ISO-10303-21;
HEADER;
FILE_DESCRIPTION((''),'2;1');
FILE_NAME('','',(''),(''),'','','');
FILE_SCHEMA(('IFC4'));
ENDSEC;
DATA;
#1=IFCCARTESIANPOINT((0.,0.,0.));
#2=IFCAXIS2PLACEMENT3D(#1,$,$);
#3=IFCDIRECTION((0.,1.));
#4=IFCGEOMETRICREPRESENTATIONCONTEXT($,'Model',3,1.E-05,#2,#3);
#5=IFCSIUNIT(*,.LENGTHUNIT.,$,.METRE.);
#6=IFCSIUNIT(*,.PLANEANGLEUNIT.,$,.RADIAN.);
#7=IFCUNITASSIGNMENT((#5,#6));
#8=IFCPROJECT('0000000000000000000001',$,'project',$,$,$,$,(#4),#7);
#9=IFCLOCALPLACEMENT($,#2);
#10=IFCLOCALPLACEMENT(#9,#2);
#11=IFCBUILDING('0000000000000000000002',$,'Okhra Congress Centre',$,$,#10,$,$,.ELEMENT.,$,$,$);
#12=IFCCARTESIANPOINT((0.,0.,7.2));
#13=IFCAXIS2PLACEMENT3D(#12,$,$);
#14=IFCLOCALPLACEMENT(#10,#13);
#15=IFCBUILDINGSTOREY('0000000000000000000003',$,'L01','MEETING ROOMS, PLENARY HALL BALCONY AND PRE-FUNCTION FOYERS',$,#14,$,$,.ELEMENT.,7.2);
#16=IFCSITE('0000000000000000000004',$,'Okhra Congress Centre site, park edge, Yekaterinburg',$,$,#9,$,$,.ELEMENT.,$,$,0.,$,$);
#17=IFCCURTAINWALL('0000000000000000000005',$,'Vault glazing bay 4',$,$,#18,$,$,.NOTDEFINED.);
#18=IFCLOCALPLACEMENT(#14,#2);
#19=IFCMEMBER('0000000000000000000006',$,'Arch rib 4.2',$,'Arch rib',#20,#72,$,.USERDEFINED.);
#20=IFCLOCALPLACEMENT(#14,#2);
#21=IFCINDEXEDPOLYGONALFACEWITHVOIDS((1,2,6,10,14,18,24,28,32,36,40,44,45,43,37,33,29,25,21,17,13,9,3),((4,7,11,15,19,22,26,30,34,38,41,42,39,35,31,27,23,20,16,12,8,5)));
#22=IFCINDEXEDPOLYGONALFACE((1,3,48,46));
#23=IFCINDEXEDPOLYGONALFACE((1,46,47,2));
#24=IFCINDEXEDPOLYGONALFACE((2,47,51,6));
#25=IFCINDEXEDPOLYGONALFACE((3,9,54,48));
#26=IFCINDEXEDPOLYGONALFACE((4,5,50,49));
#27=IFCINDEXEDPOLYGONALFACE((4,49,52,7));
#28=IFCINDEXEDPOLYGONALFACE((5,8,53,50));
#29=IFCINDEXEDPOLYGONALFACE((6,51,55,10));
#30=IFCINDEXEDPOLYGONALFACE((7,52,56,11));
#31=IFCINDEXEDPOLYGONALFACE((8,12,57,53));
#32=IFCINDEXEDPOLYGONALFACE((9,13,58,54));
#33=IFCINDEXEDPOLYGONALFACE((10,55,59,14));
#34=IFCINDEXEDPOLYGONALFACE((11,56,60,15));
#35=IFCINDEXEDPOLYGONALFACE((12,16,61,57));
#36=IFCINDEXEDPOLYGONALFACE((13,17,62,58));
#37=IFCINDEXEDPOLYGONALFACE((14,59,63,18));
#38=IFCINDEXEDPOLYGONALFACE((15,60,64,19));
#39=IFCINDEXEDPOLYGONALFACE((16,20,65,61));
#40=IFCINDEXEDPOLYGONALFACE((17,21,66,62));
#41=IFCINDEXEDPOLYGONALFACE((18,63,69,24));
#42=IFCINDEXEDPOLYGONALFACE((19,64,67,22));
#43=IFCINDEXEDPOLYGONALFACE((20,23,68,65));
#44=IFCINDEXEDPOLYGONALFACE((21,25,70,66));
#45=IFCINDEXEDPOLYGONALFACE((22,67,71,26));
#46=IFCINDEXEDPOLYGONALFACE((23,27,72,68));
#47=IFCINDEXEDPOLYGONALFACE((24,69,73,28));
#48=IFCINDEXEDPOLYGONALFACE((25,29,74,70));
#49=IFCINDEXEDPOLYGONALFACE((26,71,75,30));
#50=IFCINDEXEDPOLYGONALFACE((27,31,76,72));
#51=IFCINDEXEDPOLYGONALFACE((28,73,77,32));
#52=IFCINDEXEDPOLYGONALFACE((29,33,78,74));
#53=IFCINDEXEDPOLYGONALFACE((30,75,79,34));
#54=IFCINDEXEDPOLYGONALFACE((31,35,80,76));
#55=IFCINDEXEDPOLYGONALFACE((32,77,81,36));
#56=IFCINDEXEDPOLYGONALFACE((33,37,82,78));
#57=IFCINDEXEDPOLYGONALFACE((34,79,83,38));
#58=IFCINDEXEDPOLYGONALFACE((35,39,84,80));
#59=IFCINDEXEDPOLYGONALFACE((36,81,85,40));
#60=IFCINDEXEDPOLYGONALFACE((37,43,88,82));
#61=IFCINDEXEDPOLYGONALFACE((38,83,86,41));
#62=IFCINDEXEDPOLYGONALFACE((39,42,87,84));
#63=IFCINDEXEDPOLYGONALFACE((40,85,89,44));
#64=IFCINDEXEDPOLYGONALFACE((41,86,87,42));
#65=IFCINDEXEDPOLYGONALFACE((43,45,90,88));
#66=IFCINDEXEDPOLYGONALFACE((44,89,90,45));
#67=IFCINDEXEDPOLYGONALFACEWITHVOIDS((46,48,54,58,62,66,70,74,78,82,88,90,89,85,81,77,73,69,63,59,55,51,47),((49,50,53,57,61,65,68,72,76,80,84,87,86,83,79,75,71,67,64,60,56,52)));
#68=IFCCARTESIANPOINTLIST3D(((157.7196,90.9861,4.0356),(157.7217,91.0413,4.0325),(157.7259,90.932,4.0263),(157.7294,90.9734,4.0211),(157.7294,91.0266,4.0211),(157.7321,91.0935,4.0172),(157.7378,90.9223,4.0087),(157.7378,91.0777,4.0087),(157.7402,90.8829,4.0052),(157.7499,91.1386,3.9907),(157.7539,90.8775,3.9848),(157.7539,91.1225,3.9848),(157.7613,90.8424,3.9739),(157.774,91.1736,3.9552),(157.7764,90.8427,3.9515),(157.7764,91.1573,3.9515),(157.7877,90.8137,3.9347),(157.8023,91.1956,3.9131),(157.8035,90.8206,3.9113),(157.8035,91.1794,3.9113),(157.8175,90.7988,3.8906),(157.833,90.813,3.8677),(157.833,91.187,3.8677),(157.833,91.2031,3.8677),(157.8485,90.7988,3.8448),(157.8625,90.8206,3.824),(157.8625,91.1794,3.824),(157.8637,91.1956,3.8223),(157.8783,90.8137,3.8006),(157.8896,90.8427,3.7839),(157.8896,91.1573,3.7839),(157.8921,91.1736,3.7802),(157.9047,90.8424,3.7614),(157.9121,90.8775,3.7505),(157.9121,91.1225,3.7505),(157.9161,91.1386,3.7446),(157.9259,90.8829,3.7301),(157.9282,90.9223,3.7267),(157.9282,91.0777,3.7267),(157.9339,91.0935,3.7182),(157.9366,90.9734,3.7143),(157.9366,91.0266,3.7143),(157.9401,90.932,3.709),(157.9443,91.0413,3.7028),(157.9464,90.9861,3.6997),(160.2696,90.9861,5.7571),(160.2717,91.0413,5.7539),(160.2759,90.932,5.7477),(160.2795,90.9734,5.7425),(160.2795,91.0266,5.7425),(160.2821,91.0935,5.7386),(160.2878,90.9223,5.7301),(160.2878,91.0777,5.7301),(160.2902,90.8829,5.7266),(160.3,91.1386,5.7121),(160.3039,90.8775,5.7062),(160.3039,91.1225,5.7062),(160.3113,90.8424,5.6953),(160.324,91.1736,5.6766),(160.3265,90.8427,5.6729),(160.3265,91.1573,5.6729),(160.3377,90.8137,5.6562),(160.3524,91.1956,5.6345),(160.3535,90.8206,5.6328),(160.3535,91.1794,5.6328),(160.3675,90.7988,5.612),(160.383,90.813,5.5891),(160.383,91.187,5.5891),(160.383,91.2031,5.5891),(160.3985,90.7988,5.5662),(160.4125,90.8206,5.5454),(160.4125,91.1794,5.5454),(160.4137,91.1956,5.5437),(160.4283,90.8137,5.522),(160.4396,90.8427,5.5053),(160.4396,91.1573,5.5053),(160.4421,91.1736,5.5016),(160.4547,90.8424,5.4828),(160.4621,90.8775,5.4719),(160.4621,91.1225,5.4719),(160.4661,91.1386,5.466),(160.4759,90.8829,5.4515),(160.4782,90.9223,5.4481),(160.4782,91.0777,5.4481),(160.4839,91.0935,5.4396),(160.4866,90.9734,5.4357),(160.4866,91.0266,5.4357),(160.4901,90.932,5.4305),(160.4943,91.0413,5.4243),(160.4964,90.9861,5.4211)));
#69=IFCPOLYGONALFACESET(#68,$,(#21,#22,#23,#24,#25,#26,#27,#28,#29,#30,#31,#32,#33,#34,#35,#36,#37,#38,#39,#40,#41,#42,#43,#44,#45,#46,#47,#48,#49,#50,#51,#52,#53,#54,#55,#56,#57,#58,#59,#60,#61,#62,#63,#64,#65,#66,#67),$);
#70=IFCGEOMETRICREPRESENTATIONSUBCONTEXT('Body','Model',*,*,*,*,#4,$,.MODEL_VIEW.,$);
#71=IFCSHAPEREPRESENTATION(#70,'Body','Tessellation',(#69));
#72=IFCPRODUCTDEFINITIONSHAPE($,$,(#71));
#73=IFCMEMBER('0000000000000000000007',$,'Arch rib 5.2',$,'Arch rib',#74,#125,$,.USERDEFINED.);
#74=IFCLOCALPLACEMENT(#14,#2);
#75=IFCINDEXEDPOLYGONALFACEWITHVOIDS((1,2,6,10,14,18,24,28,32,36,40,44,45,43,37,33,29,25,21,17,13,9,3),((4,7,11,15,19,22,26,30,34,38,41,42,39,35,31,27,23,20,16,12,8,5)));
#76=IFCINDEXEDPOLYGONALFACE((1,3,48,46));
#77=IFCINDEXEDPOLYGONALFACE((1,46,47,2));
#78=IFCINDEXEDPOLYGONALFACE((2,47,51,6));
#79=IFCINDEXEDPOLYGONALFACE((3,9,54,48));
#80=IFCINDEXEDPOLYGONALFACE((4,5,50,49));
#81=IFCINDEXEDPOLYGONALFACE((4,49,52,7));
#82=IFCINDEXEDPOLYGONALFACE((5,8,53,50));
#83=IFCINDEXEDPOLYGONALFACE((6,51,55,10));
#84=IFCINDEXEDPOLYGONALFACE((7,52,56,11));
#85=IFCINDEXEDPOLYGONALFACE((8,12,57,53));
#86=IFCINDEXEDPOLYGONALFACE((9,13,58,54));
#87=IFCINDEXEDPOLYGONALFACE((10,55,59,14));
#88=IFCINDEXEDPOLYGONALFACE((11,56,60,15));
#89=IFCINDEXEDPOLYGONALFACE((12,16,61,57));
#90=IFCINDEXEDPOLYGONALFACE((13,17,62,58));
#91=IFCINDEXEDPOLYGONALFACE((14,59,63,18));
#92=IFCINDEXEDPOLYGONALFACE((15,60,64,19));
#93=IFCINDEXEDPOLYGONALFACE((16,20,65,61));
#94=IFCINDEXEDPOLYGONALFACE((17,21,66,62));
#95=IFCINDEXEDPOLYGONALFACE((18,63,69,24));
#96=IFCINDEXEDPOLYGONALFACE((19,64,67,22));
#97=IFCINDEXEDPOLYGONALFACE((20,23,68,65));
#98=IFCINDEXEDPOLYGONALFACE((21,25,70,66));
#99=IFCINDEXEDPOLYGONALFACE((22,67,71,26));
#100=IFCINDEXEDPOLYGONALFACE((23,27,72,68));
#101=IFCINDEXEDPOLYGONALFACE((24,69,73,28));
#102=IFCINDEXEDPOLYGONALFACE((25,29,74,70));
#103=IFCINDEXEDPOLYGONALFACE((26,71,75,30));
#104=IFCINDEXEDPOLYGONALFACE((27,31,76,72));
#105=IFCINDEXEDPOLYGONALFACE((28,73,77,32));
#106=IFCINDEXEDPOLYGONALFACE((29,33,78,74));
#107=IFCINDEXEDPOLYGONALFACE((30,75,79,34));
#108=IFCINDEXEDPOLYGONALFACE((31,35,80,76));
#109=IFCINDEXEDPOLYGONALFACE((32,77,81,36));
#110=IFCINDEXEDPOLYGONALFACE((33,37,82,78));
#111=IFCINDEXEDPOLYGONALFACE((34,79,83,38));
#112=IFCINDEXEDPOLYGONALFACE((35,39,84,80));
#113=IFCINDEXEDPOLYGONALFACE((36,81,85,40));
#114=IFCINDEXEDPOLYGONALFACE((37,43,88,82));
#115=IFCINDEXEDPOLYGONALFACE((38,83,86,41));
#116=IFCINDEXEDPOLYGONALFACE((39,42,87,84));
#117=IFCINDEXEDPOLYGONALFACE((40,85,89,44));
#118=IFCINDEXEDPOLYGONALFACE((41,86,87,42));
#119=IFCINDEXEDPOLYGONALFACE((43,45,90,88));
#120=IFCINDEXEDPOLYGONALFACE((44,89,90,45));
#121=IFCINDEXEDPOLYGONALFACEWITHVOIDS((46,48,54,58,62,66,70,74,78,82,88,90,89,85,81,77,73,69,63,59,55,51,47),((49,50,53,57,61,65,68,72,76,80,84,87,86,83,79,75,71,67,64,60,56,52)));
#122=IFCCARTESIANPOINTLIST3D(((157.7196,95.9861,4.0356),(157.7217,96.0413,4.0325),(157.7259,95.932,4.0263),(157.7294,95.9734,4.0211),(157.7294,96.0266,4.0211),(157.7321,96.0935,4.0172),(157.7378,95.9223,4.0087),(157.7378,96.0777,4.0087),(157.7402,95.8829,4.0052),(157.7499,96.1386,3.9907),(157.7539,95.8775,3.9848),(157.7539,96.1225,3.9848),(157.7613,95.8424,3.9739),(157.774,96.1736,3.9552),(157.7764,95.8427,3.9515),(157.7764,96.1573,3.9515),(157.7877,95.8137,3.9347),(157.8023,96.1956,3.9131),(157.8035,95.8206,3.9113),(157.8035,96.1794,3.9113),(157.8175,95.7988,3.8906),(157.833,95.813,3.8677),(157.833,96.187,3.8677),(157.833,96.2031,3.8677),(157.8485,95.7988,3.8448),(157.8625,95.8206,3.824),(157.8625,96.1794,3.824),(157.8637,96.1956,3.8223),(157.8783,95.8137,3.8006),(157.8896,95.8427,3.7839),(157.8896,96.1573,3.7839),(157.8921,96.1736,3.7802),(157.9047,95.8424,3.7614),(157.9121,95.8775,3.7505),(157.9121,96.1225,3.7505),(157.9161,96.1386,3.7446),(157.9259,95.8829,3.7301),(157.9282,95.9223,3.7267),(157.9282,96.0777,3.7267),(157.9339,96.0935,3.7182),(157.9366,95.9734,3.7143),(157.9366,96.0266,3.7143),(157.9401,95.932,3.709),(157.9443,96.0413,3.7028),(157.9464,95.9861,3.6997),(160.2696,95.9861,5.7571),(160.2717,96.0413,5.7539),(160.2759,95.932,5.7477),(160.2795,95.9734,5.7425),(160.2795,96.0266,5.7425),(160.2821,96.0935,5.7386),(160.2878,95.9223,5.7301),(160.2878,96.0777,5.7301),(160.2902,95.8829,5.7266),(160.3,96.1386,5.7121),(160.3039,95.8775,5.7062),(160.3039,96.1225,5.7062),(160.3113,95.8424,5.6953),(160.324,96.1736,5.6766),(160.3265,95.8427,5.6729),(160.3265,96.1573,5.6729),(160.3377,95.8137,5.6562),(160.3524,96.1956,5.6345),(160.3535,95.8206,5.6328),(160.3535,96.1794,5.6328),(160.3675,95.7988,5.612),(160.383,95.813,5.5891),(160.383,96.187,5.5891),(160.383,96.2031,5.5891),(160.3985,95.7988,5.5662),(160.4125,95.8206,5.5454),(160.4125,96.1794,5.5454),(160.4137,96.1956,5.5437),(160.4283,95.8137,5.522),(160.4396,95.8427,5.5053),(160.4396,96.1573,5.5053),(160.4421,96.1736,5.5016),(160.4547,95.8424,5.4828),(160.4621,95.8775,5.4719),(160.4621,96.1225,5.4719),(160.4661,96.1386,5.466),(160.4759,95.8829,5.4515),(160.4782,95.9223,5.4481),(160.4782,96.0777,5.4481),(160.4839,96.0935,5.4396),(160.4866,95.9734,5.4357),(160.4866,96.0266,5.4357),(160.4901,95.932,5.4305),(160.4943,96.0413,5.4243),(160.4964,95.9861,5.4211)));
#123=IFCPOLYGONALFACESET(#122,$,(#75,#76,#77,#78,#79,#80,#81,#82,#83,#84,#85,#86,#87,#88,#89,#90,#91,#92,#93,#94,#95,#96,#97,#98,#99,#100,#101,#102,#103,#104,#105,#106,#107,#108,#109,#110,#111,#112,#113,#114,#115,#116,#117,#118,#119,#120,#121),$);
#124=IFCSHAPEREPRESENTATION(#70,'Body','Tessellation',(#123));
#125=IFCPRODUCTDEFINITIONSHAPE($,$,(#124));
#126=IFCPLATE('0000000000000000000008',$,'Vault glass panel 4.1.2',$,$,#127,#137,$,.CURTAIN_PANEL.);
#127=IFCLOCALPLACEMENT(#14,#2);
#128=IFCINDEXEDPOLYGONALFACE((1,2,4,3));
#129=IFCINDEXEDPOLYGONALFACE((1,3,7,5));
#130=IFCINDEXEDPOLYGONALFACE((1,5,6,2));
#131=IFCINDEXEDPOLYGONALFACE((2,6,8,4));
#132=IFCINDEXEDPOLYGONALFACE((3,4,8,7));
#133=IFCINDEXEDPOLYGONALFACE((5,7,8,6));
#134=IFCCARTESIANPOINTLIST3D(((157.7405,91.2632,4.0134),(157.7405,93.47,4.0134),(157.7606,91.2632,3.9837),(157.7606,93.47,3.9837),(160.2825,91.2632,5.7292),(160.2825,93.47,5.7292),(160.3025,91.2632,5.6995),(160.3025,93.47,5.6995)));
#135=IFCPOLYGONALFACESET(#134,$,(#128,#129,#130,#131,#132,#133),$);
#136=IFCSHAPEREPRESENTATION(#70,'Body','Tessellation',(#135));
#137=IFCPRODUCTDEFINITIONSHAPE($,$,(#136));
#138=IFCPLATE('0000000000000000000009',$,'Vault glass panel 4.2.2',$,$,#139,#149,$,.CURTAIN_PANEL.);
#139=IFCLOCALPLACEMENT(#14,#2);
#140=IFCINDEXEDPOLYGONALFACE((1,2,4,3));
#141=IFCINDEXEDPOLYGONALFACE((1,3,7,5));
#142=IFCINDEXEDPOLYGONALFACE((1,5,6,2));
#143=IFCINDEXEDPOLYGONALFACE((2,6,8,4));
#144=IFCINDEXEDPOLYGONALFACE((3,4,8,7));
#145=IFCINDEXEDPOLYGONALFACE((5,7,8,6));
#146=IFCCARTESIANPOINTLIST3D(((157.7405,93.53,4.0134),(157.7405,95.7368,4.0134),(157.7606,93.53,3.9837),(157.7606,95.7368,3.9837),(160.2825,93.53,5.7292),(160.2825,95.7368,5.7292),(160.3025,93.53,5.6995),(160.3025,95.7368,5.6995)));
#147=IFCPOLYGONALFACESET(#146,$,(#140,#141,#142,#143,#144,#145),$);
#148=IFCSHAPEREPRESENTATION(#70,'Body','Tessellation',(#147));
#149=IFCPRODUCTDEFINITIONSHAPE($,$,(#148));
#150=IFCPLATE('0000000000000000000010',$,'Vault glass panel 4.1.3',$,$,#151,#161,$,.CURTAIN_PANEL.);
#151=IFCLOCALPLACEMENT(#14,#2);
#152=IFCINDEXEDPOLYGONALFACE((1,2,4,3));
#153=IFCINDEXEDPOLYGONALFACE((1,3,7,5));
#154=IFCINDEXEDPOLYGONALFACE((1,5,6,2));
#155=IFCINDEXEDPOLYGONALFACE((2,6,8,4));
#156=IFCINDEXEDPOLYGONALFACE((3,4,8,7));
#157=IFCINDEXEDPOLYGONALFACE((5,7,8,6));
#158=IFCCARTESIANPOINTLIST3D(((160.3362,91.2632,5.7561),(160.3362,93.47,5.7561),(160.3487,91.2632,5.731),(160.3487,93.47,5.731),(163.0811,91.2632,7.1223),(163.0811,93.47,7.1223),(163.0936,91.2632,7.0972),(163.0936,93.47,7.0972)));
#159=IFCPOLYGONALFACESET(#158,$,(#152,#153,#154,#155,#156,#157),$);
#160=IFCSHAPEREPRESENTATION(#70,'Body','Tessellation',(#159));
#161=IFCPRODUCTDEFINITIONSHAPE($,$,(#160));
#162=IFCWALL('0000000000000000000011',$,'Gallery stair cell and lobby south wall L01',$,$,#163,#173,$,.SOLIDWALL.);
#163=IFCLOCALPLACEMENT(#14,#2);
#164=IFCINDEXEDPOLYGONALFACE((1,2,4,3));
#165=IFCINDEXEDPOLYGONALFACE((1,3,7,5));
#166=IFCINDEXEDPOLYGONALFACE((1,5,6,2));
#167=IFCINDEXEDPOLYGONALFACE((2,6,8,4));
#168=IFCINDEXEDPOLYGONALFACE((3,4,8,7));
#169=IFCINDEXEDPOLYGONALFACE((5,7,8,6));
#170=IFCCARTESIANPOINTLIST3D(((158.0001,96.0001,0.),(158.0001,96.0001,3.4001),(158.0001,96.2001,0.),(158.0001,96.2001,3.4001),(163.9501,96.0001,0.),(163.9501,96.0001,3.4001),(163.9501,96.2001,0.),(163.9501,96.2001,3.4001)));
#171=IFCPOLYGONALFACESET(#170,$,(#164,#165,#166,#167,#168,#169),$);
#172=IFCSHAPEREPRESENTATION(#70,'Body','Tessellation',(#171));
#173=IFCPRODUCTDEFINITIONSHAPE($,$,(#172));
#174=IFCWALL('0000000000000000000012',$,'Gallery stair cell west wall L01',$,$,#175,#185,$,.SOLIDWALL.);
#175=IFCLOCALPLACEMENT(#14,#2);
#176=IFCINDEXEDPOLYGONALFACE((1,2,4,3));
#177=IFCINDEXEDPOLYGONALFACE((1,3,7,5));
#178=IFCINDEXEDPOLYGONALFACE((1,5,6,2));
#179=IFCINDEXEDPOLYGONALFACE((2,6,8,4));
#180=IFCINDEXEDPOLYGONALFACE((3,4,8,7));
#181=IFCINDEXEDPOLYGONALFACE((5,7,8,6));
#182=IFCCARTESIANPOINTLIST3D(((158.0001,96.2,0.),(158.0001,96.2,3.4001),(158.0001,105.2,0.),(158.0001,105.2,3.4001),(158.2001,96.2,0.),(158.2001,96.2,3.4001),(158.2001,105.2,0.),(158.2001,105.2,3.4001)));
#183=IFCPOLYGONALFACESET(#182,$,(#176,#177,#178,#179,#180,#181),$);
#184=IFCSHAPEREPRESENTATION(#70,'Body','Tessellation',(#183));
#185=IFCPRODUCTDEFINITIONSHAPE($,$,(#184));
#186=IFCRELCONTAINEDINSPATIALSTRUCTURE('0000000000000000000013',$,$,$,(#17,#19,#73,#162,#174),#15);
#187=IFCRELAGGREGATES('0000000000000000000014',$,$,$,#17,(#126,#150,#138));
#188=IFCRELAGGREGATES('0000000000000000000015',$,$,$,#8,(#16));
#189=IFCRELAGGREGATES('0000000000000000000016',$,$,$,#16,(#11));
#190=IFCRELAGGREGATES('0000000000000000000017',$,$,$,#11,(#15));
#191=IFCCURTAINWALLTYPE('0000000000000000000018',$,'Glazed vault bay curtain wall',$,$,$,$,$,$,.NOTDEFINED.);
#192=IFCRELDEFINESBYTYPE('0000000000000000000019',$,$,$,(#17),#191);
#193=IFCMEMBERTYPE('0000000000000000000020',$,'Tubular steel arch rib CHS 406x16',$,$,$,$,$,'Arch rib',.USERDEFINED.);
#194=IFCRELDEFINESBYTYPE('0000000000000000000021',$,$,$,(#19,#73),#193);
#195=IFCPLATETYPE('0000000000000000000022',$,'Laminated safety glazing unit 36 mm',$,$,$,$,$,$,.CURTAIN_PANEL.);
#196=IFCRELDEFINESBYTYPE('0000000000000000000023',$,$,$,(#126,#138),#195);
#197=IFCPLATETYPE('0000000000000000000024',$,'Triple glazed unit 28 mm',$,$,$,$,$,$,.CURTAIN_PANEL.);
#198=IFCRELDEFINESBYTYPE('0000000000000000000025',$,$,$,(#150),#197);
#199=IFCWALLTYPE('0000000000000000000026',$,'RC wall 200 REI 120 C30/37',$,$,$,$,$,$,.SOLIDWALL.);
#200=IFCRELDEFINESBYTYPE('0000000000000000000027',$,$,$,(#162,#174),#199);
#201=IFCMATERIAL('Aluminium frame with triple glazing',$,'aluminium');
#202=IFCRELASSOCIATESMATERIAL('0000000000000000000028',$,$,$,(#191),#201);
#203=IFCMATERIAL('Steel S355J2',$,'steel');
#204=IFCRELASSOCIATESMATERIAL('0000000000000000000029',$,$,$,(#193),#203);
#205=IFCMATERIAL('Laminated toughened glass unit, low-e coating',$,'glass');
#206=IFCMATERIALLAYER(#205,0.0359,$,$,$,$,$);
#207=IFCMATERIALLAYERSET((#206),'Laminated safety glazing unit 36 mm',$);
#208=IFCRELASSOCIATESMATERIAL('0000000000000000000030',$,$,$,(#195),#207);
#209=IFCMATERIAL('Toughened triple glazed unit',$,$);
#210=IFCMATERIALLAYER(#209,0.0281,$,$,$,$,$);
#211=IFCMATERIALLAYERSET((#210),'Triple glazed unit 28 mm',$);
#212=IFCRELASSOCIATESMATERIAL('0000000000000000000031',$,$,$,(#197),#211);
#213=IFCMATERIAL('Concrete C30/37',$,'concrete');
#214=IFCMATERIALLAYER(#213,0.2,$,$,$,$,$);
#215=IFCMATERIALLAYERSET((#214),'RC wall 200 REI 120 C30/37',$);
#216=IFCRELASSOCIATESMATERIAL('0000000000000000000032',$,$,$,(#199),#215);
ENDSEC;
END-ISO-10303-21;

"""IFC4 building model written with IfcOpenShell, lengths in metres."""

from ifc_helpers import new_model, si_unit, direction, frame, frame_2d, origin, origin_2d, place, context, subcontext, project, spatial, polyline, rectangle, hollow_circle, outline, extrude, material, layer, layer_set, material_profile, profile_set, type_object, element, aggregate, save


model = new_model("IFC4")

# Units and contexts
model_context = context("Model", 3, precision=1e-05, world=origin(), true_north=direction((0.0, 1.0)))
body_context = subcontext(model_context, "Body", "Model", "MODEL_VIEW")
ifc_project = project(units=[si_unit("LENGTHUNIT", "METRE"), si_unit("PLANEANGLEUNIT", "RADIAN")], contexts=[model_context])

# Site, building, storey
site_placement = place(None, origin())
site = spatial("IfcSite", under=ifc_project, at=site_placement, Name="Okhra Congress Centre site, park edge, Yekaterinburg", CompositionType="ELEMENT", RefElevation=0.0)
building_placement = place(site_placement, origin())
building = spatial("IfcBuilding", under=site, at=building_placement, Name="Okhra Congress Centre", CompositionType="ELEMENT")
storey_placement = place(building_placement, frame((0.0, 0.0, 7.2)))
storey = spatial("IfcBuildingStorey", under=building, at=storey_placement, Name="L01", Description="MEETING ROOMS, PLENARY HALL BALCONY AND PRE-FUNCTION FOYERS", CompositionType="ELEMENT", Elevation=7.2)

# Curtain wall
ifc_material_1 = material(Name="Aluminium frame with triple glazing", Category="aluminium")
curtain_wall_type = type_object("IfcCurtainWallType", Name="Glazed vault bay curtain wall", PredefinedType="NOTDEFINED", material=ifc_material_1)
curtain_wall_1_placement = place(storey_placement, origin())
curtain_wall_1 = element("IfcCurtainWall", 1, at=curtain_wall_1_placement, inside=storey, type_object=curtain_wall_type, Name="Vault glazing bay 4", PredefinedType="NOTDEFINED")

# Members
ifc_material_2 = material(Name="Steel S355J2", Category="steel")
ifc_material_profile_1 = material_profile(ifc_material_2, hollow_circle(Radius=0.2031, WallThickness=0.0161, at=origin_2d()), Name="CHS 406.4x16")
ifc_profile_set_1 = profile_set([ifc_material_profile_1], Name="Steel S355J2")
member_type_1 = type_object("IfcMemberType", Name="Tubular steel arch rib CHS 406x16", ElementType="Arch rib", PredefinedType="USERDEFINED", material=ifc_profile_set_1)
for number, where, z_axis, x_axis, name in (
    (2, (157.833, 91.0, 3.8677), (0.828826, 0.0, 0.559507), (0.0, 1.0, 0.0), "Arch rib 4.2"),
    (3, (157.833, 96.0, 3.8677), (0.828826, 0.0, 0.559507), (0.0, 1.0, 0.0), "Arch rib 5.2"),
):
    element("IfcMember", number, at=place(storey_placement, frame(where, z_axis=z_axis, x_axis=x_axis)), inside=storey, type_object=member_type_1, Name=name, ObjectType="Arch rib", PredefinedType="USERDEFINED", context=body_context, shape_type="SweptSolid", body=[
        extrude(hollow_circle(Radius=0.2031, WallThickness=0.0161, at=origin_2d()), origin(), (0.0, 0.0, 1.0), 3.0767),
    ])

# Plates
ifc_material_3 = material(Name="Laminated toughened glass unit, low-e coating", Category="glass")
ifc_layer_1 = layer(ifc_material_3, 0.0359)
ifc_layer_set_1 = layer_set([ifc_layer_1], Name="Laminated safety glazing unit 36 mm")
plate_type_1 = type_object("IfcPlateType", Name="Laminated safety glazing unit 36 mm", PredefinedType="CURTAIN_PANEL", material=ifc_layer_set_1)
plate_1_placement = place(storey_placement, frame((157.7405, 91.2632, 4.0134), z_axis=(-0.559467, 0.0, 0.828852), x_axis=(0.828852, 0.0, 0.559467)))
plate_1 = element("IfcPlate", 4, at=plate_1_placement, type_object=plate_type_1, Name="Vault glass panel 4.1.2", PredefinedType="CURTAIN_PANEL", context=body_context, shape_type="SweptSolid", body=[
    extrude(outline(polyline([(0.0, 0.0), (3.0669, 0.0), (3.0669, 2.2068), (0.0, 2.2068), (0.0, 0.0)])), origin(), (0.0, 0.0, -1.0), 0.0359),
])
plate_2_placement = place(storey_placement, frame((157.7405, 93.53, 4.0134), z_axis=(-0.559467, 0.0, 0.828852), x_axis=(0.828852, 0.0, 0.559467)))
plate_2 = element("IfcPlate", 5, at=plate_2_placement, type_object=plate_type_1, Name="Vault glass panel 4.2.2", PredefinedType="CURTAIN_PANEL", context=body_context, shape_type="SweptSolid", body=[
    extrude(outline(polyline([(0.0, 0.0), (3.0669, 0.0), (3.0669, 2.2068), (0.0, 2.2068), (0.0, 0.0)])), origin(), (0.0, 0.0, -1.0), 0.0359),
])
ifc_material_4 = material(Name="Toughened triple glazed unit")
ifc_layer_2 = layer(ifc_material_4, 0.0281)
ifc_layer_set_2 = layer_set([ifc_layer_2], Name="Triple glazed unit 28 mm")
plate_type_2 = type_object("IfcPlateType", Name="Triple glazed unit 28 mm", PredefinedType="CURTAIN_PANEL", material=ifc_layer_set_2)
plate_3_placement = place(storey_placement, frame((160.3362, 91.2632, 5.7561), z_axis=(-0.445588, 0.0, 0.895238), x_axis=(0.895238, 0.0, 0.445588)))
plate_3 = element("IfcPlate", 6, at=plate_3_placement, type_object=plate_type_2, Name="Vault glass panel 4.1.3", PredefinedType="CURTAIN_PANEL", context=body_context, shape_type="SweptSolid", body=[
    extrude(outline(polyline([(0.0, 0.0), (3.0661, 0.0), (3.0661, 2.2068), (0.0, 2.2068), (0.0, 0.0)])), origin(), (0.0, 0.0, -1.0), 0.0281),
])
aggregate(curtain_wall_1, [plate_1, plate_3, plate_2])

# Walls
ifc_material_5 = material(Name="Concrete C30/37", Category="concrete")
ifc_layer_3 = layer(ifc_material_5, 0.2)
ifc_layer_set_3 = layer_set([ifc_layer_3], Name="RC wall 200 REI 120 C30/37")
wall_type = type_object("IfcWallType", Name="RC wall 200 REI 120 C30/37", PredefinedType="SOLIDWALL", material=ifc_layer_set_3)
wall_1_placement = place(storey_placement, frame((158.0, 96.1001, 0.0), z_axis=(0.0, 0.0, 1.0), x_axis=(1.0, 0.0, 0.0)))
element("IfcWall", 7, at=wall_1_placement, inside=storey, type_object=wall_type, Name="Gallery stair cell and lobby south wall L01", PredefinedType="SOLIDWALL", context=body_context, shape_type="SweptSolid", body=[
    extrude(rectangle(XDim=5.95, YDim=0.2, at=frame_2d((2.9751, 0.0))), origin(), (0.0, 0.0, 1.0), 3.4001),
])
wall_2_placement = place(storey_placement, frame((158.1001, 96.2, 0.0), z_axis=(0.0, 0.0, 1.0), x_axis=(0.0, 1.0, 0.0)))
element("IfcWall", 8, at=wall_2_placement, inside=storey, type_object=wall_type, Name="Gallery stair cell west wall L01", PredefinedType="SOLIDWALL", context=body_context, shape_type="SweptSolid", body=[
    extrude(rectangle(XDim=9.0, YDim=0.2, at=frame_2d((4.5, 0.0))), origin(), (0.0, 0.0, 1.0), 3.4001),
])

save(model, "model.ifc")
